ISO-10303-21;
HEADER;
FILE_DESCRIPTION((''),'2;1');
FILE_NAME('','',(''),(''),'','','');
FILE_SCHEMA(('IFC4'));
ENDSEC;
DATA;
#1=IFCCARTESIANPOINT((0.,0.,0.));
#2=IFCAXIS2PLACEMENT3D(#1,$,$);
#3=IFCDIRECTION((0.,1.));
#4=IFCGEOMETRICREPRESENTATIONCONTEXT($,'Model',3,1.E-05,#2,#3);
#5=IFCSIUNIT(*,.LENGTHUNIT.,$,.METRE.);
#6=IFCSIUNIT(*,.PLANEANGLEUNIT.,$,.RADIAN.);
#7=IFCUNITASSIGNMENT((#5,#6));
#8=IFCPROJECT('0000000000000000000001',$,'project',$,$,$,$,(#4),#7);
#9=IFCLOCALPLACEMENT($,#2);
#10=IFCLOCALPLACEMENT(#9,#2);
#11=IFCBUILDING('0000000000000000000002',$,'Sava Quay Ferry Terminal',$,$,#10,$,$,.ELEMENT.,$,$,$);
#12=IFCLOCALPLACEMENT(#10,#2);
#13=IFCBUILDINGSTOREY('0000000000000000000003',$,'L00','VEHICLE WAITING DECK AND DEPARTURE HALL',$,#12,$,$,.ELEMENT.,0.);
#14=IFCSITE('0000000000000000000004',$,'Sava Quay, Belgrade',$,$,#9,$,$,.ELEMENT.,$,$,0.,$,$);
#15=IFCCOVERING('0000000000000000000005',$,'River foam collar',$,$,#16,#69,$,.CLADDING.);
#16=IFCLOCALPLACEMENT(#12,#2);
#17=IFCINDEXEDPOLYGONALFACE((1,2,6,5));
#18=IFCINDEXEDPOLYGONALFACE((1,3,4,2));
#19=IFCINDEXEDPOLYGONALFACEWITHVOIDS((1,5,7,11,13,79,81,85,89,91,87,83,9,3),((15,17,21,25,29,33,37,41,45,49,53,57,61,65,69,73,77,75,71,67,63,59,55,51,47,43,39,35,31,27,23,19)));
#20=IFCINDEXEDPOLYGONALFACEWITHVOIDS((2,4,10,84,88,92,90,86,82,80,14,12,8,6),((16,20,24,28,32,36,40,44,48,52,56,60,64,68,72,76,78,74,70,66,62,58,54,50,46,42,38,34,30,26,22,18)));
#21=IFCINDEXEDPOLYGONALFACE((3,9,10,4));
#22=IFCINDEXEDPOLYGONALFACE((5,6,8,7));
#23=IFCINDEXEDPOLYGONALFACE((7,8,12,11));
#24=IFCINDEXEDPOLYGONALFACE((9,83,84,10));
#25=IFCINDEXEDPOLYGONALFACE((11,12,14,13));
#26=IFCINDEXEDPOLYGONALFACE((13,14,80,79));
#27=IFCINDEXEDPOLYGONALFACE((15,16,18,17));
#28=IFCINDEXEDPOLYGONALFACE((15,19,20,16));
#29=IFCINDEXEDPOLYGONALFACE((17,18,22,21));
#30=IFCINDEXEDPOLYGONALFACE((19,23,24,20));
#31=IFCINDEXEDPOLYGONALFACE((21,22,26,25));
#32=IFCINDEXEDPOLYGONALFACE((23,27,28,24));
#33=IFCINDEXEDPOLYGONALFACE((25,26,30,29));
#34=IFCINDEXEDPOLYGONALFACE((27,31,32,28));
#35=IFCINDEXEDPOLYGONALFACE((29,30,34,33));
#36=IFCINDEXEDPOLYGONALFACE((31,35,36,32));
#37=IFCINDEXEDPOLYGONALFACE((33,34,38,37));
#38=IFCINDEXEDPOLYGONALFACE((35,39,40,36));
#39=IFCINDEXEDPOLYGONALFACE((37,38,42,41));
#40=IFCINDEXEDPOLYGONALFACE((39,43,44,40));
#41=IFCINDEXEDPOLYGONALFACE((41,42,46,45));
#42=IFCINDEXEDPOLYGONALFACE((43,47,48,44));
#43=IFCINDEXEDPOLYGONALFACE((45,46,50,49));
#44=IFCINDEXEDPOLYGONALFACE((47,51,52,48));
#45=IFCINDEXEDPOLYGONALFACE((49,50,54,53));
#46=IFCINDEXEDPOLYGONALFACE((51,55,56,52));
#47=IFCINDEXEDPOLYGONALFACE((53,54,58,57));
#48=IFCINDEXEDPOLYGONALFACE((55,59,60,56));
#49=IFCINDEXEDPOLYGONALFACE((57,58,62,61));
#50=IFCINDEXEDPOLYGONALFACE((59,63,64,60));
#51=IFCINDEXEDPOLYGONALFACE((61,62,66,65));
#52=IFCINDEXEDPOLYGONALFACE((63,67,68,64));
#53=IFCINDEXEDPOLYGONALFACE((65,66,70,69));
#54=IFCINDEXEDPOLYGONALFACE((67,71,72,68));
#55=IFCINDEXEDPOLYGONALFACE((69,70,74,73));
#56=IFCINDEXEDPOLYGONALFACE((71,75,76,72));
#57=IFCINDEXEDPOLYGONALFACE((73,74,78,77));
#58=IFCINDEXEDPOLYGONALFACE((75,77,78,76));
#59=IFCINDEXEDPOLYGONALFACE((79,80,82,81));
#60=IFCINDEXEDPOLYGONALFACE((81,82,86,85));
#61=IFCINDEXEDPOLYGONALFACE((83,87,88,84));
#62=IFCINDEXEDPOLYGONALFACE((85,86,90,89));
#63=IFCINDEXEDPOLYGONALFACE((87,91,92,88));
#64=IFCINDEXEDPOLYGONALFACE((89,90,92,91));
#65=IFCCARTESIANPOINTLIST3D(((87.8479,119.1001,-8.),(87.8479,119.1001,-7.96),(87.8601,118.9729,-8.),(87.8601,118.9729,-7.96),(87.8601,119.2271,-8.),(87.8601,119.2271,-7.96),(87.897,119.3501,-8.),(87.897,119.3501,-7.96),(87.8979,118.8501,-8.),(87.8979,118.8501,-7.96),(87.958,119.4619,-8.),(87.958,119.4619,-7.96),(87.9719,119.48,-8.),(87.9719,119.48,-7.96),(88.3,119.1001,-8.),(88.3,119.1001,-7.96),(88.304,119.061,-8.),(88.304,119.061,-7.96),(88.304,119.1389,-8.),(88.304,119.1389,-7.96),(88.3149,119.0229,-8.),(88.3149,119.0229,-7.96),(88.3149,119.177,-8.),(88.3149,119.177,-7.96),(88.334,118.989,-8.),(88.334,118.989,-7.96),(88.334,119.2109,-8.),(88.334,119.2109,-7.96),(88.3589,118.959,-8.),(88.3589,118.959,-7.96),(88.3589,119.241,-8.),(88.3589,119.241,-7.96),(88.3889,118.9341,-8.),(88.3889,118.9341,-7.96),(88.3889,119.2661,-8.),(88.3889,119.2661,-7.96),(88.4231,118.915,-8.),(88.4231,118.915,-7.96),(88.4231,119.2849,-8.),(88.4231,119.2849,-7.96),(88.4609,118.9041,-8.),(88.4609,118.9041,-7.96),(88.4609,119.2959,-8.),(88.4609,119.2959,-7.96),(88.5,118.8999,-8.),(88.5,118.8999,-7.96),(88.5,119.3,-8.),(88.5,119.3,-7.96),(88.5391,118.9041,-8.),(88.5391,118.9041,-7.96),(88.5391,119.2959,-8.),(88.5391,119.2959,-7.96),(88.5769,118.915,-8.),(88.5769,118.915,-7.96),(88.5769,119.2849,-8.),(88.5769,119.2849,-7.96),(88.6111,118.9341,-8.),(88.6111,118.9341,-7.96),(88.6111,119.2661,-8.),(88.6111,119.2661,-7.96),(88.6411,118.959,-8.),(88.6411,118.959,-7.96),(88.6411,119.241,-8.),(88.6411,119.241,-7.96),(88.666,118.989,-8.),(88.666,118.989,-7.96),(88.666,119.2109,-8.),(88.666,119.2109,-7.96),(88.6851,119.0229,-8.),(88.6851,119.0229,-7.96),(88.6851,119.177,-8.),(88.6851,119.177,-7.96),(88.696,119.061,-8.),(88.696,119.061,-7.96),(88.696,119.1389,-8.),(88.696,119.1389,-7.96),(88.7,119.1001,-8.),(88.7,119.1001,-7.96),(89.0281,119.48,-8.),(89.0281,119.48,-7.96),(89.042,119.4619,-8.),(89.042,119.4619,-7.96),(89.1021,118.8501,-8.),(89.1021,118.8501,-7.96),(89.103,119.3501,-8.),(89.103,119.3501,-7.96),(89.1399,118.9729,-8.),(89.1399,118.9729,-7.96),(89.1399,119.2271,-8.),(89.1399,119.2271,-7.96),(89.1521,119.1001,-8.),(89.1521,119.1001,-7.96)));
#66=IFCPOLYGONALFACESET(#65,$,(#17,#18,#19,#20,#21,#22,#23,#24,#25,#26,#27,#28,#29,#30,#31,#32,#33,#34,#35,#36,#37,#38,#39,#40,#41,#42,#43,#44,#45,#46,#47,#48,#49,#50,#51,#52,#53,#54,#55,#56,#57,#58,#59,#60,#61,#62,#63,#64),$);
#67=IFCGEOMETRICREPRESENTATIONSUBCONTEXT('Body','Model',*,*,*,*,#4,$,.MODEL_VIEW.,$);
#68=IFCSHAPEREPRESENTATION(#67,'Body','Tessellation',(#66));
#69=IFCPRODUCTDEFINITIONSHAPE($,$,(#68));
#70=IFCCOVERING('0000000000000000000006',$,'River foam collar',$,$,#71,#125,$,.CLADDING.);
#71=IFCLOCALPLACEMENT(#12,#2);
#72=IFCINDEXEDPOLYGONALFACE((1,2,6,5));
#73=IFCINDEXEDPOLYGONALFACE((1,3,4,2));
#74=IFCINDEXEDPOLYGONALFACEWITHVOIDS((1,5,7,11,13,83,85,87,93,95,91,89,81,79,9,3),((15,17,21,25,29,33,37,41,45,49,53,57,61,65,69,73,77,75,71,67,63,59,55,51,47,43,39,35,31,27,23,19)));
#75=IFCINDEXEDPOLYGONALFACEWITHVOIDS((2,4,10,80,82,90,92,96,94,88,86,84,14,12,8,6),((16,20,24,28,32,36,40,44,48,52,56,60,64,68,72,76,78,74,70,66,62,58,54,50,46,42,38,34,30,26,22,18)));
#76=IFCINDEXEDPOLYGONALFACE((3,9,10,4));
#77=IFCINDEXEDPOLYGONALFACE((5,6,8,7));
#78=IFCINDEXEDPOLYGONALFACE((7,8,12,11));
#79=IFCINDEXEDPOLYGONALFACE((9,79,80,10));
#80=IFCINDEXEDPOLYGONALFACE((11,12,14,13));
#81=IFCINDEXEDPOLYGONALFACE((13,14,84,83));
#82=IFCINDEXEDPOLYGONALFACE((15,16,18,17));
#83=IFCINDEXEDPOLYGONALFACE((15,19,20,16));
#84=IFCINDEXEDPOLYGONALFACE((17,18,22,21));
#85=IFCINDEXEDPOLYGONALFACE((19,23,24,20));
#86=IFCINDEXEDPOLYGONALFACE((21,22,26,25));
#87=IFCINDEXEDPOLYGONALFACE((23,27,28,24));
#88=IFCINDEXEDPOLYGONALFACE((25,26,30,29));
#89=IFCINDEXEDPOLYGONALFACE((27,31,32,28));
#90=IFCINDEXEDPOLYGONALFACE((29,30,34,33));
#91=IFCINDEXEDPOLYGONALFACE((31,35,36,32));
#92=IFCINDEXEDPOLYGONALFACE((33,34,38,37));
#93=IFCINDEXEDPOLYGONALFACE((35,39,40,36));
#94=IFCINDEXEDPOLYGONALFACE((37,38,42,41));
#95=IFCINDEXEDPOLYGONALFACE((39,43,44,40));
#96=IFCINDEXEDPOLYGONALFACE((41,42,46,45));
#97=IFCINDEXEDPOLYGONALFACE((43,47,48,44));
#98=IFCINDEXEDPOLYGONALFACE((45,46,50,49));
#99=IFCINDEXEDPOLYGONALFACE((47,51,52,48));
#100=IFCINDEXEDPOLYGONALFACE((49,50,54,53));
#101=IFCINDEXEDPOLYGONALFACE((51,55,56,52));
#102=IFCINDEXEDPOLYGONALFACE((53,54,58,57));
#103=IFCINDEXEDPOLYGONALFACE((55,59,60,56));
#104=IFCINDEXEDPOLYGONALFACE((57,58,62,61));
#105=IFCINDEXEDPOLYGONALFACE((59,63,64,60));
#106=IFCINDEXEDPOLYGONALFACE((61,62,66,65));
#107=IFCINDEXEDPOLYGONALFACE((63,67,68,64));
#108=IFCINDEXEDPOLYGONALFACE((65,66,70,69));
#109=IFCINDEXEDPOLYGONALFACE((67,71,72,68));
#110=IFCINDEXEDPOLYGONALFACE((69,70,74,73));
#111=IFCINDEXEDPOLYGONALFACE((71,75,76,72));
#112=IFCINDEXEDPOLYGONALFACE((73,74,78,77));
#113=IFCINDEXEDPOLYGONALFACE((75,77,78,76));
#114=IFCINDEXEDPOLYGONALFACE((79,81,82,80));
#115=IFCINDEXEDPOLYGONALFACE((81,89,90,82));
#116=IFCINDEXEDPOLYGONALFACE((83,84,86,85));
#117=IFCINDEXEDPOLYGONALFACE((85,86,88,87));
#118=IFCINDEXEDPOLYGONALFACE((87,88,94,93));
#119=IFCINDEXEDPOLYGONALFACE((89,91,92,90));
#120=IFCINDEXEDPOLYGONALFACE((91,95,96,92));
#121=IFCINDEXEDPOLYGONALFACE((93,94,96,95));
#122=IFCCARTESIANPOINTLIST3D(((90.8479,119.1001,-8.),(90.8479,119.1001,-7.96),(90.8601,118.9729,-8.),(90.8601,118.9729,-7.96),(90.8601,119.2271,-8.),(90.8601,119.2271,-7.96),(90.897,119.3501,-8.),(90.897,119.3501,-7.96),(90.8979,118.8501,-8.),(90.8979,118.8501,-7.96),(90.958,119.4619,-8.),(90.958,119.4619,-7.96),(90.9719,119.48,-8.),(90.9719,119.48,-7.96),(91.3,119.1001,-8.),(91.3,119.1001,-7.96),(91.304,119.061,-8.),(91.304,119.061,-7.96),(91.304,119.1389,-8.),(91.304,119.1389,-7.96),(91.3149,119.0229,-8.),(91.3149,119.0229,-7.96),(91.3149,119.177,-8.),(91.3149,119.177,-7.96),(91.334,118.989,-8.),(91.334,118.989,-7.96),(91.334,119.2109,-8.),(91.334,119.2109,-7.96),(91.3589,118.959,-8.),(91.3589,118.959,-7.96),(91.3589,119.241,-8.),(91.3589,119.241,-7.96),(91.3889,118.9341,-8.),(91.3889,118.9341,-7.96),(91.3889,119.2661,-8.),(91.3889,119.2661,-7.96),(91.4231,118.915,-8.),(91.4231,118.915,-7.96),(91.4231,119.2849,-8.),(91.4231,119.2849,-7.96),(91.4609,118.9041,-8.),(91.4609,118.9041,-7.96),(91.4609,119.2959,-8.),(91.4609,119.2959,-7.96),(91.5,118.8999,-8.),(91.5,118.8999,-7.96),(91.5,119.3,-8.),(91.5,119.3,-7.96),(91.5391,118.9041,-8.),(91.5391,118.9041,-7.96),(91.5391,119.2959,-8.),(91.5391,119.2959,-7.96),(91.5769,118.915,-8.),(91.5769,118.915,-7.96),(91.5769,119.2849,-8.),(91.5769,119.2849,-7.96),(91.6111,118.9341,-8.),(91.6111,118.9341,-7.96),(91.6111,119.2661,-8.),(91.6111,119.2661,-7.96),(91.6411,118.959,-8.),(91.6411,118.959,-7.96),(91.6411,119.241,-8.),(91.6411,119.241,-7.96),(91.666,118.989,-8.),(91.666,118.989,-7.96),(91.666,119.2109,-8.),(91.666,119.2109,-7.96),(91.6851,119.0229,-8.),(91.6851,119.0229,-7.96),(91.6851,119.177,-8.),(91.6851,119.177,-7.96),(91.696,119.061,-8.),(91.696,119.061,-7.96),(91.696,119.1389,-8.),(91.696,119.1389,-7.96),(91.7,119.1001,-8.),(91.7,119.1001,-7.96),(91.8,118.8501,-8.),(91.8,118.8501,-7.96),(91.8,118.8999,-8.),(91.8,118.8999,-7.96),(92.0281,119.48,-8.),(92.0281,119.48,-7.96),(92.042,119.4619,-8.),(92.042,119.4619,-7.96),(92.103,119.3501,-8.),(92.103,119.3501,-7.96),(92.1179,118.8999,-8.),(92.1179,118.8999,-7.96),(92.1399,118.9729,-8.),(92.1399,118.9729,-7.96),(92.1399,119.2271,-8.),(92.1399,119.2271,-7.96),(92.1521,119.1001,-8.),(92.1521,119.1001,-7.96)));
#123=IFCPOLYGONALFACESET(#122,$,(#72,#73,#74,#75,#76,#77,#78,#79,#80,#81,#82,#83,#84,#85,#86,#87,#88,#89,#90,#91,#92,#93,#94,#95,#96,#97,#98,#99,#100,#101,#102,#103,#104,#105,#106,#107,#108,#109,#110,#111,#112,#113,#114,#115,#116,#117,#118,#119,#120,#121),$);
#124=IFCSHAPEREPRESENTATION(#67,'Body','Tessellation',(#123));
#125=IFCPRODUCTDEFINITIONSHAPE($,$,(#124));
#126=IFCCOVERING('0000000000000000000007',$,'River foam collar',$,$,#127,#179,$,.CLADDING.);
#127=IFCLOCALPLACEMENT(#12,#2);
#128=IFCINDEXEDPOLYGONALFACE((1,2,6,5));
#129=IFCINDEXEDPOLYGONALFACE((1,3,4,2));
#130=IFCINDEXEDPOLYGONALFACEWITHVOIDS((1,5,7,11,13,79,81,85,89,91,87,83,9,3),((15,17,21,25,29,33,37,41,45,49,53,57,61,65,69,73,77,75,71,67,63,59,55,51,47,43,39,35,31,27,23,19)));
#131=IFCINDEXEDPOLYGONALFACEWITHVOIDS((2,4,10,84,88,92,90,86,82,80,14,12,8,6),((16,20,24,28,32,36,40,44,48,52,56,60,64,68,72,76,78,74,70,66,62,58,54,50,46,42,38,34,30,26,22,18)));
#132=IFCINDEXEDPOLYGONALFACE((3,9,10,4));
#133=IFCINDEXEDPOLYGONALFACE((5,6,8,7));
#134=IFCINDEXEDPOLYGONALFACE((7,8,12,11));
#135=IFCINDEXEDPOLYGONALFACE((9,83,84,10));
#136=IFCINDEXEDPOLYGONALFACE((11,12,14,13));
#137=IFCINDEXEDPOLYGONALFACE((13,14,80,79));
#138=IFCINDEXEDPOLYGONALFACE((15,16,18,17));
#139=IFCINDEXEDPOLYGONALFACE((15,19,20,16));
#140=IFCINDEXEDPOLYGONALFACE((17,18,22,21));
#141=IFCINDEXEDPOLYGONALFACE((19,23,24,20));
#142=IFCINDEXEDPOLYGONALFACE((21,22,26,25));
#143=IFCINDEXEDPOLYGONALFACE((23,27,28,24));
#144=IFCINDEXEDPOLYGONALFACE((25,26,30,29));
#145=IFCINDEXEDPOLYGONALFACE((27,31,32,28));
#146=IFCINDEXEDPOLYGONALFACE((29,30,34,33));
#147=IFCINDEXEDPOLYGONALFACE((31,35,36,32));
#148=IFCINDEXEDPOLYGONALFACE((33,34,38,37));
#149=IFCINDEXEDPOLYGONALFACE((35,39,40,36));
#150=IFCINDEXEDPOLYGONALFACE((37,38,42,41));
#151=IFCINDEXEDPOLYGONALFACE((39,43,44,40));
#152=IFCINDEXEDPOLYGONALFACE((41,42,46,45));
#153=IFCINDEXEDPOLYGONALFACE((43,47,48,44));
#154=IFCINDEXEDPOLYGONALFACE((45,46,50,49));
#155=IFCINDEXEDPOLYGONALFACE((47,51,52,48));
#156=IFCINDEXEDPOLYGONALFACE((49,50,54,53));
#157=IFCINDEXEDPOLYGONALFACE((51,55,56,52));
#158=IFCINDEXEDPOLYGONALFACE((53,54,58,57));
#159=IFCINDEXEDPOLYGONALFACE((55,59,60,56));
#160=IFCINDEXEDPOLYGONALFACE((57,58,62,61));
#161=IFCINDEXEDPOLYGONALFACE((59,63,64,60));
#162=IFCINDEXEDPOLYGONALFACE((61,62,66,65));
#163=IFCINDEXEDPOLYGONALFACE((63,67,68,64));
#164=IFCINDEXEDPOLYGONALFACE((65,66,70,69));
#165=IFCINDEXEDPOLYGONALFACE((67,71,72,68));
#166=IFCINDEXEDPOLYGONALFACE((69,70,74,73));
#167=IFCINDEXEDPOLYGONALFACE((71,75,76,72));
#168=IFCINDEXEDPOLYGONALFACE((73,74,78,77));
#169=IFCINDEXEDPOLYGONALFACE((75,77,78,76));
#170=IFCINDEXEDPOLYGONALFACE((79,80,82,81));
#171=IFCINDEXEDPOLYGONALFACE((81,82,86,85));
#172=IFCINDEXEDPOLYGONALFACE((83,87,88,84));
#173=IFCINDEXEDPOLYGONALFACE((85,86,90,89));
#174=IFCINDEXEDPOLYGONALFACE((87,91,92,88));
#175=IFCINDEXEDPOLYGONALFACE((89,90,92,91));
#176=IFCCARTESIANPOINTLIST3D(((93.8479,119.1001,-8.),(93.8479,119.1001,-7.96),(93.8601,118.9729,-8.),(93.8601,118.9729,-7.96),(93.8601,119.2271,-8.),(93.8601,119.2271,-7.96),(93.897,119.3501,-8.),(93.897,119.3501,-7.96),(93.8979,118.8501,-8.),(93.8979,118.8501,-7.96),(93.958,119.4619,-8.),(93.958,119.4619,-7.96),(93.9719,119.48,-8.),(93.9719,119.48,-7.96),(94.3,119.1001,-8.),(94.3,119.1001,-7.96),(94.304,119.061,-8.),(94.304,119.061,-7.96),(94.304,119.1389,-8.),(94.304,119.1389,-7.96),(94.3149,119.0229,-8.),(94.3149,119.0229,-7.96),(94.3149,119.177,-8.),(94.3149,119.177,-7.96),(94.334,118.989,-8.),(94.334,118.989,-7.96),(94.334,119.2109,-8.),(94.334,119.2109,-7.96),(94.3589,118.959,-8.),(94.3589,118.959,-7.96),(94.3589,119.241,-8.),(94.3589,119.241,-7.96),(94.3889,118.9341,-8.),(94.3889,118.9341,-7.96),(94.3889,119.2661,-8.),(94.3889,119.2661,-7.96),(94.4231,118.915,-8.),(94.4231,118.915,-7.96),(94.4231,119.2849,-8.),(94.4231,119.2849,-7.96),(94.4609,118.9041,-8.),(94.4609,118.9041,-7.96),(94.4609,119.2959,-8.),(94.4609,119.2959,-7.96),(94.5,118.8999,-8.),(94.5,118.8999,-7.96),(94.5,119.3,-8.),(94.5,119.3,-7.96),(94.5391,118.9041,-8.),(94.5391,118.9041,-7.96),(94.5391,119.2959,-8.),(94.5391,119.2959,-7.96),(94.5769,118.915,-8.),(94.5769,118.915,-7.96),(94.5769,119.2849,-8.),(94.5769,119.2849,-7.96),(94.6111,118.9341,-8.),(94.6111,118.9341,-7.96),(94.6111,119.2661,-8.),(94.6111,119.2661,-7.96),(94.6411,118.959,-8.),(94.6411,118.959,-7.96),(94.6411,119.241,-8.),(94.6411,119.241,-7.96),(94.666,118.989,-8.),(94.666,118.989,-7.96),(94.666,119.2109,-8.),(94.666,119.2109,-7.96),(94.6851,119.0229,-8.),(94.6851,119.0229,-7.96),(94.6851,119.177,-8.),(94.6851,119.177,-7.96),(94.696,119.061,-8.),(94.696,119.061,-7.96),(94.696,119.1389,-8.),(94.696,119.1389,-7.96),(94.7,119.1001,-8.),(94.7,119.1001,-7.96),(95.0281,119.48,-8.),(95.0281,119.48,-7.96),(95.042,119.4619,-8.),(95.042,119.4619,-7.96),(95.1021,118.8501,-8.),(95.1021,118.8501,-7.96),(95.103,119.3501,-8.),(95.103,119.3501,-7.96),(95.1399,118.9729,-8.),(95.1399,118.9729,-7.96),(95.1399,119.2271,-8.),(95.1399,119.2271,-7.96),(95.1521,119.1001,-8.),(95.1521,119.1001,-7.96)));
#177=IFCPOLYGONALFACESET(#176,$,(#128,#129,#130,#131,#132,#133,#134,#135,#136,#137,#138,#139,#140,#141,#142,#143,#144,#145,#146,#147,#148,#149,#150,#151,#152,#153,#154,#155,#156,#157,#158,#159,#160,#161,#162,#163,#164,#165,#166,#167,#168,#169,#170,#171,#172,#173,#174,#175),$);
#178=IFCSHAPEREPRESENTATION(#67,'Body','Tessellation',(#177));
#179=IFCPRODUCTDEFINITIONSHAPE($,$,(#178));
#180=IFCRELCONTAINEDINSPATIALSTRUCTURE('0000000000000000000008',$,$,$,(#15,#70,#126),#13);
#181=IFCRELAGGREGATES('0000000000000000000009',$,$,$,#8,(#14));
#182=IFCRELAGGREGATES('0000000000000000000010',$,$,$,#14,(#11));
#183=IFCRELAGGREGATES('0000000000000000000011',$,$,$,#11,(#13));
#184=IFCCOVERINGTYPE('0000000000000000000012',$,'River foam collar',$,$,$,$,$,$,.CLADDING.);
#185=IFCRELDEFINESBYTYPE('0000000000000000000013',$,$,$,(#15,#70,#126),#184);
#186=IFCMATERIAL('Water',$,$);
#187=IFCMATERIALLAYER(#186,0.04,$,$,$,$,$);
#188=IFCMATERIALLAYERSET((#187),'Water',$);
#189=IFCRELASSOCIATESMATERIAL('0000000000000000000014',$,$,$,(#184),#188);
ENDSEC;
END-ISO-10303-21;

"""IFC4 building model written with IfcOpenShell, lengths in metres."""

from ifc_helpers import new_model, si_unit, direction, frame, origin, place, context, subcontext, project, spatial, polyline, outline, extrude, material, layer, layer_set, type_object, element, save


model = new_model("IFC4")

# Units and contexts
model_context = context("Model", 3, precision=1e-05, world=origin(), true_north=direction((0.0, 1.0)))
body_context = subcontext(model_context, "Body", "Model", "MODEL_VIEW")
ifc_project = project(units=[si_unit("LENGTHUNIT", "METRE"), si_unit("PLANEANGLEUNIT", "RADIAN")], contexts=[model_context])

# Site, building, storey
site_placement = place(None, origin())
site = spatial("IfcSite", under=ifc_project, at=site_placement, Name="Sava Quay, Belgrade", CompositionType="ELEMENT", RefElevation=0.0)
building_placement = place(site_placement, origin())
building = spatial("IfcBuilding", under=site, at=building_placement, Name="Sava Quay Ferry Terminal", CompositionType="ELEMENT")
storey_placement = place(building_placement, origin())
storey = spatial("IfcBuildingStorey", under=building, at=storey_placement, Name="L00", Description="VEHICLE WAITING DECK AND DEPARTURE HALL", CompositionType="ELEMENT", Elevation=0.0)

# Coverings
ifc_material = material(Name="Water")
ifc_layer = layer(ifc_material, 0.04)
ifc_layer_set = layer_set([ifc_layer], Name="Water")
covering_type = type_object("IfcCoveringType", Name="River foam collar", PredefinedType="CLADDING", material=ifc_layer_set)
covering_1_placement = place(storey_placement, frame((0.0, 0.0, -8.0)))
element("IfcCovering", 1, at=covering_1_placement, inside=storey, type_object=covering_type, Name="River foam collar", PredefinedType="CLADDING", context=body_context, shape_type="SweptSolid", body=[
    extrude(outline(polyline([(87.8601, 119.2271), (87.8479, 119.1001), (87.8601, 118.9729), (87.8979, 118.8501), (89.1021, 118.8501), (89.1399, 118.9729), (89.1521, 119.1001), (89.1399, 119.2271), (89.103, 119.3501), (89.042, 119.4619), (89.0281, 119.48), (87.9719, 119.48), (87.958, 119.4619), (87.897, 119.3501), (87.8601, 119.2271)]), holes=[polyline([(88.5, 118.8999), (88.4609, 118.9041), (88.4231, 118.915), (88.3889, 118.9341), (88.3589, 118.959), (88.334, 118.989), (88.3149, 119.0229), (88.304, 119.061), (88.3, 119.1001), (88.304, 119.1389), (88.3149, 119.177), (88.334, 119.2109), (88.3589, 119.241), (88.3889, 119.2661), (88.4231, 119.2849), (88.4609, 119.2959), (88.5, 119.3), (88.5391, 119.2959), (88.5769, 119.2849), (88.6111, 119.2661), (88.6411, 119.241), (88.666, 119.2109), (88.6851, 119.177), (88.696, 119.1389), (88.7, 119.1001), (88.696, 119.061), (88.6851, 119.0229), (88.666, 118.989), (88.6411, 118.959), (88.6111, 118.9341), (88.5769, 118.915), (88.5391, 118.9041), (88.5, 118.8999)])]), origin(), (0.0, 0.0, 1.0), 0.04),
])
covering_2_placement = place(storey_placement, frame((0.0, 0.0, -8.0)))
element("IfcCovering", 2, at=covering_2_placement, inside=storey, type_object=covering_type, Name="River foam collar", PredefinedType="CLADDING", context=body_context, shape_type="SweptSolid", body=[
    extrude(outline(polyline([(91.8, 118.8501), (91.8, 118.8999), (92.1179, 118.8999), (92.1399, 118.9729), (92.1521, 119.1001), (92.1399, 119.2271), (92.103, 119.3501), (92.042, 119.4619), (92.0281, 119.48), (90.9719, 119.48), (90.958, 119.4619), (90.897, 119.3501), (90.8601, 119.2271), (90.8479, 119.1001), (90.8601, 118.9729), (90.8979, 118.8501), (91.8, 118.8501)]), holes=[polyline([(91.5391, 118.9041), (91.5, 118.8999), (91.4609, 118.9041), (91.4231, 118.915), (91.3889, 118.9341), (91.3589, 118.959), (91.334, 118.989), (91.3149, 119.0229), (91.304, 119.061), (91.3, 119.1001), (91.304, 119.1389), (91.3149, 119.177), (91.334, 119.2109), (91.3589, 119.241), (91.3889, 119.2661), (91.4231, 119.2849), (91.4609, 119.2959), (91.5, 119.3), (91.5391, 119.2959), (91.5769, 119.2849), (91.6111, 119.2661), (91.6411, 119.241), (91.666, 119.2109), (91.6851, 119.177), (91.696, 119.1389), (91.7, 119.1001), (91.696, 119.061), (91.6851, 119.0229), (91.666, 118.989), (91.6411, 118.959), (91.6111, 118.9341), (91.5769, 118.915), (91.5391, 118.9041)])]), origin(), (0.0, 0.0, 1.0), 0.04),
])
covering_3_placement = place(storey_placement, frame((0.0, 0.0, -8.0)))
element("IfcCovering", 3, at=covering_3_placement, inside=storey, type_object=covering_type, Name="River foam collar", PredefinedType="CLADDING", context=body_context, shape_type="SweptSolid", body=[
    extrude(outline(polyline([(93.958, 119.4619), (93.897, 119.3501), (93.8601, 119.2271), (93.8479, 119.1001), (93.8601, 118.9729), (93.8979, 118.8501), (95.1021, 118.8501), (95.1399, 118.9729), (95.1521, 119.1001), (95.1399, 119.2271), (95.103, 119.3501), (95.042, 119.4619), (95.0281, 119.48), (93.9719, 119.48), (93.958, 119.4619)]), holes=[polyline([(94.5769, 118.915), (94.5391, 118.9041), (94.5, 118.8999), (94.4609, 118.9041), (94.4231, 118.915), (94.3889, 118.9341), (94.3589, 118.959), (94.334, 118.989), (94.3149, 119.0229), (94.304, 119.061), (94.3, 119.1001), (94.304, 119.1389), (94.3149, 119.177), (94.334, 119.2109), (94.3589, 119.241), (94.3889, 119.2661), (94.4231, 119.2849), (94.4609, 119.2959), (94.5, 119.3), (94.5391, 119.2959), (94.5769, 119.2849), (94.6111, 119.2661), (94.6411, 119.241), (94.666, 119.2109), (94.6851, 119.177), (94.696, 119.1389), (94.7, 119.1001), (94.696, 119.061), (94.6851, 119.0229), (94.666, 118.989), (94.6411, 118.959), (94.6111, 118.9341), (94.5769, 118.915)])]), origin(), (0.0, 0.0, 1.0), 0.04),
])

save(model, "model.ifc")
